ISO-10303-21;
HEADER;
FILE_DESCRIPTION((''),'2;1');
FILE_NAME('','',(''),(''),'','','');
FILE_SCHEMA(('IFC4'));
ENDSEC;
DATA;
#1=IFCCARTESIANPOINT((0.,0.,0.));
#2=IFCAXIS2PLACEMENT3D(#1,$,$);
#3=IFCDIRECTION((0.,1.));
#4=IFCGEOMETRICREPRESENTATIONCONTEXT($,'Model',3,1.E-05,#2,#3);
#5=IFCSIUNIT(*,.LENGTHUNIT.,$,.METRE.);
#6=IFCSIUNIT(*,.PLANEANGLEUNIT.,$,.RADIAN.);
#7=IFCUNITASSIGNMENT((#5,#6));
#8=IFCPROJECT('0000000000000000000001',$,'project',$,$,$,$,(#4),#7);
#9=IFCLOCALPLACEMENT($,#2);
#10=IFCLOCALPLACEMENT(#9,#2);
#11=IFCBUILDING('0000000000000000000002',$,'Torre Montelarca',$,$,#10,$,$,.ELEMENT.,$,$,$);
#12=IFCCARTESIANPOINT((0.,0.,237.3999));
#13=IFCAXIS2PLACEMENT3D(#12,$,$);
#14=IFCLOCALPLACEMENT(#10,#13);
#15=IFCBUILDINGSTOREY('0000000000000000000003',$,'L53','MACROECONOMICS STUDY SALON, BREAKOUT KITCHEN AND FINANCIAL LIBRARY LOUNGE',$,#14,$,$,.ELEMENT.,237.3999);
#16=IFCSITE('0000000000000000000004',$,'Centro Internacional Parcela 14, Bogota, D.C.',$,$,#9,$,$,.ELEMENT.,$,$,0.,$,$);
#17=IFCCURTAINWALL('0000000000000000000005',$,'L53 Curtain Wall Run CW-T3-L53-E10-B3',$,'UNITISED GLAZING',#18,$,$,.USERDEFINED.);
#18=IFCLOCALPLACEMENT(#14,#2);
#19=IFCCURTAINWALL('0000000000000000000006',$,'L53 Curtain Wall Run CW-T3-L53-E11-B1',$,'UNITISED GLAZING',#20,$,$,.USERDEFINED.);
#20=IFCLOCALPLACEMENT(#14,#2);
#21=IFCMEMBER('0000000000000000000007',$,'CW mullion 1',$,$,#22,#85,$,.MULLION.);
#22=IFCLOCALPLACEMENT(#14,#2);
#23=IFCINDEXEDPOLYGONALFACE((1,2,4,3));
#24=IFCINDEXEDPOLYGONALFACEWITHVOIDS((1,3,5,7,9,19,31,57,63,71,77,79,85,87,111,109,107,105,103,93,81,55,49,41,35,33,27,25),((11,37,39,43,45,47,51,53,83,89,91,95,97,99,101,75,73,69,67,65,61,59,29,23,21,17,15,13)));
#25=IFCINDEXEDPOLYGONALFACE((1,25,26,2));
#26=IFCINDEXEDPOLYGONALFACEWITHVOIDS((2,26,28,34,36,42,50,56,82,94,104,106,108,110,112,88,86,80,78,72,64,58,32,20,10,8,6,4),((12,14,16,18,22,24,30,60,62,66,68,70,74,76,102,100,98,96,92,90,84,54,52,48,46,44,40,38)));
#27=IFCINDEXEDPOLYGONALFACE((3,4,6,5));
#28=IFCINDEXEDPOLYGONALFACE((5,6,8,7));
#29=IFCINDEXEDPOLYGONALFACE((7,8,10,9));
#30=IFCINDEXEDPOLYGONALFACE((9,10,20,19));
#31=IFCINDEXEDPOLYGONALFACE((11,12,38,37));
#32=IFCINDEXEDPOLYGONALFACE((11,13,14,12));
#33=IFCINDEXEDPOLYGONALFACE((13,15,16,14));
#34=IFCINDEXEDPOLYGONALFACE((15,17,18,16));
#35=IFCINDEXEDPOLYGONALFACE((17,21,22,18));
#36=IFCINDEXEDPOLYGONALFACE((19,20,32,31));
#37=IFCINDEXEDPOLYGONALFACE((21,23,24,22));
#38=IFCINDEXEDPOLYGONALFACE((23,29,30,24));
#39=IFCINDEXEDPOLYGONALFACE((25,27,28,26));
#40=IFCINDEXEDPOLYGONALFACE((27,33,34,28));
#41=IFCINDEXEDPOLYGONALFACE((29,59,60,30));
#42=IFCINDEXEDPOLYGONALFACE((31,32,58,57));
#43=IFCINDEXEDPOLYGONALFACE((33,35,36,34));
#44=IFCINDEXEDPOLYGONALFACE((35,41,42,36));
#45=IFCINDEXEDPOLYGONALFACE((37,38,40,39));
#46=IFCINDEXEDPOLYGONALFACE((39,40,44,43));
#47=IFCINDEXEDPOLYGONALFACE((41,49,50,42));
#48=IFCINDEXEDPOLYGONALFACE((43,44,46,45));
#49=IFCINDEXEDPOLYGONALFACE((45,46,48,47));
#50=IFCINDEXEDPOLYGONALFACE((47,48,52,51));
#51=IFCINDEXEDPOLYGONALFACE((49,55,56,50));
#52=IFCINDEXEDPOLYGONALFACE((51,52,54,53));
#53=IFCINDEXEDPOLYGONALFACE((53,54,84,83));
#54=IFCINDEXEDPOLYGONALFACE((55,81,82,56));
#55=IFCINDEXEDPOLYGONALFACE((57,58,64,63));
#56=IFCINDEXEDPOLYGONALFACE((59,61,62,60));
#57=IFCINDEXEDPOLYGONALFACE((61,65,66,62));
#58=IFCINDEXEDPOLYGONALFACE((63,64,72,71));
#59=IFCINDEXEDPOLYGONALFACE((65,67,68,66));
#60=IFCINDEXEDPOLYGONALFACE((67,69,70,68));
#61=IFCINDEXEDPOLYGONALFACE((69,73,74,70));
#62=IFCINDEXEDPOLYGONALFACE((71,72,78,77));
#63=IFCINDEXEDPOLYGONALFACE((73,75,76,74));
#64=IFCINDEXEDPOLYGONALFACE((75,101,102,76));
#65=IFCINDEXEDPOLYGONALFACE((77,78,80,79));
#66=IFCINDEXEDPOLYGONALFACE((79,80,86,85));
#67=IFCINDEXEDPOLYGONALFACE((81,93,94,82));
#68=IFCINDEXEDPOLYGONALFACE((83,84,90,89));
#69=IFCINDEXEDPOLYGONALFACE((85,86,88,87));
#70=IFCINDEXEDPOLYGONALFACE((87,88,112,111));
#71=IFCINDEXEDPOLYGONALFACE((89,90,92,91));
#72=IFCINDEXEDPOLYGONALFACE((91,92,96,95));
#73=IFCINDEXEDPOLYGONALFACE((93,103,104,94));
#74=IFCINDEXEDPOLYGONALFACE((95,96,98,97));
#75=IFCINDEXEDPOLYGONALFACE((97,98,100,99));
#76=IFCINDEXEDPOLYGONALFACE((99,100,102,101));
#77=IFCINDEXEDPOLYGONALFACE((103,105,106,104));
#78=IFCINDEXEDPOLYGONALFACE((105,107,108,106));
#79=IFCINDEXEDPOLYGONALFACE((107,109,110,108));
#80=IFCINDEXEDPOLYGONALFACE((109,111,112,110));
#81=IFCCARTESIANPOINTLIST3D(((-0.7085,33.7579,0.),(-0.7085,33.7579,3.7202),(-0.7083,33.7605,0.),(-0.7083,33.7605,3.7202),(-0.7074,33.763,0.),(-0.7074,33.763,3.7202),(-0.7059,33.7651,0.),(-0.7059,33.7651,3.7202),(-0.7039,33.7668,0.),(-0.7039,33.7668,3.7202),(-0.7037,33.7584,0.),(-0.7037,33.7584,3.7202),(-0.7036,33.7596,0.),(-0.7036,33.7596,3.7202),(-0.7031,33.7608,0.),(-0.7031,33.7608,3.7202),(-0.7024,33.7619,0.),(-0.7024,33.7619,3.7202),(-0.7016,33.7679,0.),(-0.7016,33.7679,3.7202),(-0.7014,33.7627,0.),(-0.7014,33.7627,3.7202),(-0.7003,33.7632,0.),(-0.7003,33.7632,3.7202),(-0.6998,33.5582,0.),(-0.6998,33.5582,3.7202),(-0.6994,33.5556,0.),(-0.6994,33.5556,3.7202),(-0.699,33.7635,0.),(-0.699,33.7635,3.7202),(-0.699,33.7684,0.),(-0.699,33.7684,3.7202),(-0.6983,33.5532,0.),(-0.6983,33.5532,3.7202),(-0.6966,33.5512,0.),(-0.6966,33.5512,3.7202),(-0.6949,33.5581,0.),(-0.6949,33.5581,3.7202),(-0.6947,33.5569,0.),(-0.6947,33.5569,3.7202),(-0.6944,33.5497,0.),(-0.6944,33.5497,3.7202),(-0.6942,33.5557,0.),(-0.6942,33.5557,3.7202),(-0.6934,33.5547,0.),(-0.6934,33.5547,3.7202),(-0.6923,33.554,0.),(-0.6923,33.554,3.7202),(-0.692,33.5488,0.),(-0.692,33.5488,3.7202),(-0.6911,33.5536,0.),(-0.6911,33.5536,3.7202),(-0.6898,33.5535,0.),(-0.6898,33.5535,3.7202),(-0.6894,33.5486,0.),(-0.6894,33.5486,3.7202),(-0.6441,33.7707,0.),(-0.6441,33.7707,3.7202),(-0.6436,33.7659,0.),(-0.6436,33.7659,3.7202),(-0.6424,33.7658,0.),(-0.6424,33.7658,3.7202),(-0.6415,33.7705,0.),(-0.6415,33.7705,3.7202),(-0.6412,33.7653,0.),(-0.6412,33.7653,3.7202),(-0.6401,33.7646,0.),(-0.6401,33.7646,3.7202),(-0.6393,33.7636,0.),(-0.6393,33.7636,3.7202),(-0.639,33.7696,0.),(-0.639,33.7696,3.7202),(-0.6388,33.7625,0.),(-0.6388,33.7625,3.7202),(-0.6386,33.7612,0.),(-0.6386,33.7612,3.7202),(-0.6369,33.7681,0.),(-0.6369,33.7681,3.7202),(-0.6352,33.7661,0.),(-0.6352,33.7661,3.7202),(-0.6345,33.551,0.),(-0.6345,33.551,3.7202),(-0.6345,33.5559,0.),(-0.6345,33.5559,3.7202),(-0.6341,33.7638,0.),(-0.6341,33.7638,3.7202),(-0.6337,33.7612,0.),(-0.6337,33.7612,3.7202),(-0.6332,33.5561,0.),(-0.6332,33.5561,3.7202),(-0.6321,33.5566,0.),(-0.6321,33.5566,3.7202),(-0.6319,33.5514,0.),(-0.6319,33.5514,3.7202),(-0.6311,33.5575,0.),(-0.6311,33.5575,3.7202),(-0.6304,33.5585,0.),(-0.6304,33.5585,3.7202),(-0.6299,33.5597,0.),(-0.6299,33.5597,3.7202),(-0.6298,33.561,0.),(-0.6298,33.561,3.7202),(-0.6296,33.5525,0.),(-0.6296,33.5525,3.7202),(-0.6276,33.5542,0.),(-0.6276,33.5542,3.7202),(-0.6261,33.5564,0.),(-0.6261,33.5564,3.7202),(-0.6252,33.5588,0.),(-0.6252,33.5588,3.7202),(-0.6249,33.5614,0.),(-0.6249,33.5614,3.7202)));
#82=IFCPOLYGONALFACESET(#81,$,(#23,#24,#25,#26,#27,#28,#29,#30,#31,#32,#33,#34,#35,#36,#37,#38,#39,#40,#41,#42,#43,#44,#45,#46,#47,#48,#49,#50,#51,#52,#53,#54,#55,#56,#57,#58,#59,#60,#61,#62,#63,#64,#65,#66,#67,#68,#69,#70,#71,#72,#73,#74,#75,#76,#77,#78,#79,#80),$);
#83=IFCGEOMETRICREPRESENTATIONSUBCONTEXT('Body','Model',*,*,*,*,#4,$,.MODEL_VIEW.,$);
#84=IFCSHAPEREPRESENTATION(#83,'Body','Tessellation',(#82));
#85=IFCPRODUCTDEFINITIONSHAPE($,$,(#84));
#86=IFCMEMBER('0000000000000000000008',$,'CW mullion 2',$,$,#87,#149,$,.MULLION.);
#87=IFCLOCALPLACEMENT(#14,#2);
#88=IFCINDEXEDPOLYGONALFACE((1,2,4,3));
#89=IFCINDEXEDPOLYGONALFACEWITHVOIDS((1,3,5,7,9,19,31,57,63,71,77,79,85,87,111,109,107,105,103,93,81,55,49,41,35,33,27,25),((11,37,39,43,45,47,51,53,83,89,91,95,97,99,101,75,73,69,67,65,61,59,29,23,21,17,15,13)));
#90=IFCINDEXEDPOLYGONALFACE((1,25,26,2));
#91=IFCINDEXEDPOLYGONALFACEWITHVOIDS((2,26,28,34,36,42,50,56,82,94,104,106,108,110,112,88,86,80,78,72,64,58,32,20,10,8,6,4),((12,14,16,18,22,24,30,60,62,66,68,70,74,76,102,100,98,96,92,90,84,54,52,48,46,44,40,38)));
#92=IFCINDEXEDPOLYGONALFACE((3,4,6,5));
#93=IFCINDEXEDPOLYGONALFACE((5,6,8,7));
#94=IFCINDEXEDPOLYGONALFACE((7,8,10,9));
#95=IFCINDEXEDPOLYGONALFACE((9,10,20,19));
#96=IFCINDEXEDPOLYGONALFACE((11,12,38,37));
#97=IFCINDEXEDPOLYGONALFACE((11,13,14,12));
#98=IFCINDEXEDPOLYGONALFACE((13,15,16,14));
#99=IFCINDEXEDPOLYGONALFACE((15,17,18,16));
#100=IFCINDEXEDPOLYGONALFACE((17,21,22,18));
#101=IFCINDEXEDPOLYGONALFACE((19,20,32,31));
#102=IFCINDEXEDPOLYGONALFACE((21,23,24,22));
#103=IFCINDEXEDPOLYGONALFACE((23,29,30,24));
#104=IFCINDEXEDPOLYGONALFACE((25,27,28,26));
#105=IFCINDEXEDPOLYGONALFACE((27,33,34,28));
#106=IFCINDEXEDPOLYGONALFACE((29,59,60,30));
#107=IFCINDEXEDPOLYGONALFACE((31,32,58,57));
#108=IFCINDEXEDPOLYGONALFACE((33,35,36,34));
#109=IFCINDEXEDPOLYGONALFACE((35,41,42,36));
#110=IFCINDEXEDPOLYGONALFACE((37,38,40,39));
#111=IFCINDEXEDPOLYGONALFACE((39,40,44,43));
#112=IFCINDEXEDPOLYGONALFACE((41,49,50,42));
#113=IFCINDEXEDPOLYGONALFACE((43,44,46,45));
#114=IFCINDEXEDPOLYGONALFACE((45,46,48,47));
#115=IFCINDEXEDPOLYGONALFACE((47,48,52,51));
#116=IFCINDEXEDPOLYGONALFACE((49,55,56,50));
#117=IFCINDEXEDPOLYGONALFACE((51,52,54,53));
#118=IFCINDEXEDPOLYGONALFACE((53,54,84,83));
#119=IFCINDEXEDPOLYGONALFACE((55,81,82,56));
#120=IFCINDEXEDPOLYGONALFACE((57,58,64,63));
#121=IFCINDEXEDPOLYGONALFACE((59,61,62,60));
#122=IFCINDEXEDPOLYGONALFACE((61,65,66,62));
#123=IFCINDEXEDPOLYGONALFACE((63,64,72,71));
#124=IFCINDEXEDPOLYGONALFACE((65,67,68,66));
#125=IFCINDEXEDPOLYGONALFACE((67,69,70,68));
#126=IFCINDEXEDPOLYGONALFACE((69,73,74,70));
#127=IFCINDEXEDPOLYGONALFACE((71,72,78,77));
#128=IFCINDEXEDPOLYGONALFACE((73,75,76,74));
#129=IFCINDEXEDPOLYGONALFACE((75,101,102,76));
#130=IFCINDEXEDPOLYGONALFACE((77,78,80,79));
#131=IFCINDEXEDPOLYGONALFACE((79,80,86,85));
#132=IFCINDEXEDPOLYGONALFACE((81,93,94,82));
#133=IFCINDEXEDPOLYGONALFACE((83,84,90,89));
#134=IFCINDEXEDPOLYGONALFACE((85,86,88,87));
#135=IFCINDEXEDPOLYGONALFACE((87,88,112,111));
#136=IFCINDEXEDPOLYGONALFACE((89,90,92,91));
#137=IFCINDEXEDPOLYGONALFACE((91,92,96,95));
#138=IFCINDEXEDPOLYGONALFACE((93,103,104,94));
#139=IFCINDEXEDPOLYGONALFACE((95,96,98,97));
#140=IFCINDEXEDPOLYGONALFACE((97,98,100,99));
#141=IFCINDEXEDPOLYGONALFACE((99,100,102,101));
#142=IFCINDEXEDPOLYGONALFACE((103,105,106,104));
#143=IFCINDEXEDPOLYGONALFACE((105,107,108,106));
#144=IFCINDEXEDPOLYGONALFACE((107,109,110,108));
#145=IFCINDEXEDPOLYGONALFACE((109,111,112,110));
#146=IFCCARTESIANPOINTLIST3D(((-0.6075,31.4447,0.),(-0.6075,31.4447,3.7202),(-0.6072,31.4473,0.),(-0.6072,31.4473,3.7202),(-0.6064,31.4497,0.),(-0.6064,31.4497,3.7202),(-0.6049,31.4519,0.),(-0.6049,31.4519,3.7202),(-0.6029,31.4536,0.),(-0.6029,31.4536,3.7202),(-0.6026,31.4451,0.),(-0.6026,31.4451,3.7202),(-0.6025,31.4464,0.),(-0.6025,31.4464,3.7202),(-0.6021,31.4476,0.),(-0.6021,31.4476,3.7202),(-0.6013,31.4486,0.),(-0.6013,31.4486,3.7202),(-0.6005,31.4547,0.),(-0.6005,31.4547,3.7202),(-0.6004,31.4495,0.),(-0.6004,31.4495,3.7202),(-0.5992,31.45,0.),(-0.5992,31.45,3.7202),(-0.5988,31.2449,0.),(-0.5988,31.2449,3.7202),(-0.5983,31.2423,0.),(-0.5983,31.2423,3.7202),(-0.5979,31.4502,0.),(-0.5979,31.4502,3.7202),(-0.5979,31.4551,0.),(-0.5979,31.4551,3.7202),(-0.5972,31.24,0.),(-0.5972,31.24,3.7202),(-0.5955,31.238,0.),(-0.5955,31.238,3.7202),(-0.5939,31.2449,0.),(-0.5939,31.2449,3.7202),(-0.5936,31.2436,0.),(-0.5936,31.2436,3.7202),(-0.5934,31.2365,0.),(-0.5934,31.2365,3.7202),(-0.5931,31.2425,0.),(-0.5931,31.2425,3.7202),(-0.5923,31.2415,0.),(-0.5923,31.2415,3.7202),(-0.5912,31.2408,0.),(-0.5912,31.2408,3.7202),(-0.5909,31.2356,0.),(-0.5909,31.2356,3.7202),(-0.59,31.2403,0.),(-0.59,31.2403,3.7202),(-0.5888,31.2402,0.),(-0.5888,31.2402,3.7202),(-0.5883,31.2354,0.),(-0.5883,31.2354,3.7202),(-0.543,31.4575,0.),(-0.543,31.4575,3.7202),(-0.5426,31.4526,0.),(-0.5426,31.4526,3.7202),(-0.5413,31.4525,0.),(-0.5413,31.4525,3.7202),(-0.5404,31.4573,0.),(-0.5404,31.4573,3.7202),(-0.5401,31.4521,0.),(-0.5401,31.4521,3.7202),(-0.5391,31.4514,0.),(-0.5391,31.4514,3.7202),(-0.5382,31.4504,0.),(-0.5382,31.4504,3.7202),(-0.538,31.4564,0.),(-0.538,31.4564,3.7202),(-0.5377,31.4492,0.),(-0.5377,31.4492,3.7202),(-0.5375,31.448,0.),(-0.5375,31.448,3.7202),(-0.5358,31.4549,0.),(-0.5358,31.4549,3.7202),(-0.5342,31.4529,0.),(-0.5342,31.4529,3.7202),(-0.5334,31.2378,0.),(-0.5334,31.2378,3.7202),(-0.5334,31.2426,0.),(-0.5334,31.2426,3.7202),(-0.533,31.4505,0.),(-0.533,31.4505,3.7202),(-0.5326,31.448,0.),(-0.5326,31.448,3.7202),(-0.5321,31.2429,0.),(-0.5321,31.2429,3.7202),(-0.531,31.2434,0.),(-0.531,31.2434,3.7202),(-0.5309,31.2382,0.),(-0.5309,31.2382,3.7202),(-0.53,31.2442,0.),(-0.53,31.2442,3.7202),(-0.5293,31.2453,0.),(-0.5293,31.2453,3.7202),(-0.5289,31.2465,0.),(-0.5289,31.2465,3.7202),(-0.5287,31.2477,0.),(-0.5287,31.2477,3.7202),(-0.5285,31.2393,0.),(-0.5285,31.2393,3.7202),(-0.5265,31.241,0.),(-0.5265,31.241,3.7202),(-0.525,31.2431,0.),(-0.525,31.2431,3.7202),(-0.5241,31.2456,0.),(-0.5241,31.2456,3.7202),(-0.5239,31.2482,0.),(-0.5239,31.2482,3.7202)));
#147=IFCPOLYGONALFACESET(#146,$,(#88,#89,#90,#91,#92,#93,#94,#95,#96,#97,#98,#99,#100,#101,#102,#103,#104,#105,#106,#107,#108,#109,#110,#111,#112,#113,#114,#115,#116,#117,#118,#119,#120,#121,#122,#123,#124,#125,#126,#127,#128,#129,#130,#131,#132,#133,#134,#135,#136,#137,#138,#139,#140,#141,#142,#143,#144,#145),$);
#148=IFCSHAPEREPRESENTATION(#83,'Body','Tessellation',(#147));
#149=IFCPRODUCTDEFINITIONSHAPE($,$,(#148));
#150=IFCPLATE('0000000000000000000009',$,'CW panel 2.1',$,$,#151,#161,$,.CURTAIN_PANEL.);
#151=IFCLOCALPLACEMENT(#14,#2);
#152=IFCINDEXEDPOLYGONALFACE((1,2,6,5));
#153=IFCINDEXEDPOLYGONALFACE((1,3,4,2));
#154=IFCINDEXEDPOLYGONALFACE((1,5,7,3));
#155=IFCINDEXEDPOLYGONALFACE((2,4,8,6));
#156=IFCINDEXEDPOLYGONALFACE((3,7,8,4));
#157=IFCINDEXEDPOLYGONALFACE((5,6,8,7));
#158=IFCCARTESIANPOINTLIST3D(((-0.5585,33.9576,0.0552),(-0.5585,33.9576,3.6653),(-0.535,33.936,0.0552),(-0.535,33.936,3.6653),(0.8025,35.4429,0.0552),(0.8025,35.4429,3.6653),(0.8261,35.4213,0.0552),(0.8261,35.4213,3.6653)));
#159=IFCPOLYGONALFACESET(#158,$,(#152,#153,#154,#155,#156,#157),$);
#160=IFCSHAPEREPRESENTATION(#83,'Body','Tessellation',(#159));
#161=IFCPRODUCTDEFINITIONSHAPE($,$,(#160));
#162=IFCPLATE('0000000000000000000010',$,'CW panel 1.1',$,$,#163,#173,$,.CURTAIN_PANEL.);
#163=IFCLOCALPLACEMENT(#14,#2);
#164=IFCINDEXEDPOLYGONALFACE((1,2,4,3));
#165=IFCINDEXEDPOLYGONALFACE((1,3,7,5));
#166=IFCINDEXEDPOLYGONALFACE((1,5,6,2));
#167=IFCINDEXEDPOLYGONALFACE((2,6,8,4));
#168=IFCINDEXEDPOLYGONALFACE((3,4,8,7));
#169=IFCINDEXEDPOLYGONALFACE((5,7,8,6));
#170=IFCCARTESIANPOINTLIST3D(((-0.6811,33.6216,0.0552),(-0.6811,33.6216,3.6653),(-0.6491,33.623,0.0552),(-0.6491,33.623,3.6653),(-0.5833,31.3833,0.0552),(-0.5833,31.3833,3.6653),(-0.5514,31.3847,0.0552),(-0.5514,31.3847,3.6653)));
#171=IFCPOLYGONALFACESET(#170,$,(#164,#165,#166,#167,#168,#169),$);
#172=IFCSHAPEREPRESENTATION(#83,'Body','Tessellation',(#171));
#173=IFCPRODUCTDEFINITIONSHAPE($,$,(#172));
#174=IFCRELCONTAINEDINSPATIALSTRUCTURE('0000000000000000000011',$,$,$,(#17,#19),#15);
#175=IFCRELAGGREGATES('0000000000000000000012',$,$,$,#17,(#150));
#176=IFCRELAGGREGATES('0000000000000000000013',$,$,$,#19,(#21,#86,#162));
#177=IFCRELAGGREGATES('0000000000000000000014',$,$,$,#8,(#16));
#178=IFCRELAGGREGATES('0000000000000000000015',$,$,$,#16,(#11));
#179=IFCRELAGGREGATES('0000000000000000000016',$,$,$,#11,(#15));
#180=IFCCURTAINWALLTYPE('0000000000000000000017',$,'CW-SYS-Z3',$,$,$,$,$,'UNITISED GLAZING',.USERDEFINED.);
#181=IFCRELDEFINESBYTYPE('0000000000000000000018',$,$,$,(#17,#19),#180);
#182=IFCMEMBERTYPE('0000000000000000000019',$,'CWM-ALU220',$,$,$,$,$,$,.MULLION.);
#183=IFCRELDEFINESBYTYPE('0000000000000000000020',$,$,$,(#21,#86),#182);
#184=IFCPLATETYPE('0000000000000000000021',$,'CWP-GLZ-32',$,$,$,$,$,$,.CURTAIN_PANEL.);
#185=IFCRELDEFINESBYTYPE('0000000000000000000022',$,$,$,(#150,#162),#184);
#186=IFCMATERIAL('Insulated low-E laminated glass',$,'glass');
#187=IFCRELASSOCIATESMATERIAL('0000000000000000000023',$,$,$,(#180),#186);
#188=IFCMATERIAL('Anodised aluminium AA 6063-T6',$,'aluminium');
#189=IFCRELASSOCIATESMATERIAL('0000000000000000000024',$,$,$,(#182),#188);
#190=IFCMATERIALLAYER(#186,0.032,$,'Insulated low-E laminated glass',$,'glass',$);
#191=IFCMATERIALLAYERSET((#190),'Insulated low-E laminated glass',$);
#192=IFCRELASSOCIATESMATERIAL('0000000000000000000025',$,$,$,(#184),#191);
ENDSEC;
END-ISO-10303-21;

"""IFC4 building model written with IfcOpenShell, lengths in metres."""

from ifc_helpers import new_model, si_unit, direction, frame, origin, origin_2d, place, context, subcontext, project, spatial, rectangle, hollow_rectangle, extrude, source, transform, mapped, material, layer, layer_set, material_profile, profile_set, type_object, element, aggregate, save


model = new_model("IFC4")

# Units and contexts
model_context = context("Model", 3, precision=1e-05, world=origin(), true_north=direction((0.0, 1.0)))
body_context = subcontext(model_context, "Body", "Model", "MODEL_VIEW")
ifc_project = project(units=[si_unit("LENGTHUNIT", "METRE"), si_unit("PLANEANGLEUNIT", "RADIAN")], contexts=[model_context])

# Site, building, storey
site_placement = place(None, origin())
site = spatial("IfcSite", under=ifc_project, at=site_placement, Name="Centro Internacional Parcela 14, Bogota, D.C.", CompositionType="ELEMENT", RefElevation=0.0)
building_placement = place(site_placement, origin())
building = spatial("IfcBuilding", under=site, at=building_placement, Name="Torre Montelarca", CompositionType="ELEMENT")
storey_placement = place(building_placement, frame((0.0, 0.0, 237.3999)))
storey = spatial("IfcBuildingStorey", under=building, at=storey_placement, Name="L53", Description="MACROECONOMICS STUDY SALON, BREAKOUT KITCHEN AND FINANCIAL LIBRARY LOUNGE", CompositionType="ELEMENT", Elevation=237.3999)

# Curtain walls
ifc_material_1 = material(Name="Insulated low-E laminated glass", Category="glass")
curtain_wall_type = type_object("IfcCurtainWallType", Name="CW-SYS-Z3", ElementType="UNITISED GLAZING", PredefinedType="USERDEFINED", material=ifc_material_1)
curtain_wall_1_placement = place(storey_placement, origin())
curtain_wall_1 = element("IfcCurtainWall", 1, at=curtain_wall_1_placement, inside=storey, type_object=curtain_wall_type, Name="L53 Curtain Wall Run CW-T3-L53-E10-B3", ObjectType="UNITISED GLAZING", PredefinedType="USERDEFINED")
ifc_material_2 = material(Name="Anodised aluminium AA 6063-T6", Category="aluminium")
curtain_wall_2_placement = place(storey_placement, origin())
curtain_wall_2 = element("IfcCurtainWall", 2, at=curtain_wall_2_placement, inside=storey, type_object=curtain_wall_type, Name="L53 Curtain Wall Run CW-T3-L53-E11-B1", ObjectType="UNITISED GLAZING", PredefinedType="USERDEFINED")

# Members
ifc_material_profile_1 = material_profile(ifc_material_2, hollow_rectangle(XDim=0.075, YDim=0.22, WallThickness=0.0049, InnerFilletRadius=0.0049, OuterFilletRadius=0.01, at=origin_2d()), Name="ALU75X220X5", Category="aluminium")
ifc_profile_set_1 = profile_set([ifc_material_profile_1], Name="Anodised aluminium AA 6063-T6")
member_type_1 = type_object("IfcMemberType", Name="CWM-ALU220", PredefinedType="MULLION", material=ifc_profile_set_1)
shared_shape_1 = source(origin(), body_context, "Body", "SweptSolid", [
    extrude(hollow_rectangle(XDim=0.075, YDim=0.22, WallThickness=0.0049, InnerFilletRadius=0.0049, OuterFilletRadius=0.01, at=origin_2d()), origin(), (0.0, 0.0, 1.0), 3.7202),
])
member_1_placement = place(storey_placement, frame((-0.6667, 33.6597, 0.0), z_axis=(0.0, 0.0, 1.0), x_axis=(0.999048, 0.043625, 0.0)))
member_1 = element("IfcMember", 3, at=member_1_placement, type_object=member_type_1, Name="CW mullion 1", PredefinedType="MULLION", context=body_context, shape_type="MappedRepresentation", body=[
    mapped(shared_shape_1, transform((0.0, 0.0, 0.0), scale=1.0)),
])
member_2_placement = place(storey_placement, frame((-0.5657, 31.3464, 0.0), z_axis=(0.0, 0.0, 1.0), x_axis=(0.999048, 0.043625, 0.0)))
member_2 = element("IfcMember", 4, at=member_2_placement, type_object=member_type_1, Name="CW mullion 2", PredefinedType="MULLION", context=body_context, shape_type="MappedRepresentation", body=[
    mapped(shared_shape_1, transform((0.0, 0.0, 0.0), scale=1.0)),
])

# Plates
ifc_layer_1 = layer(ifc_material_1, 0.032, Name="Insulated low-E laminated glass", Category="glass")
ifc_layer_set_1 = layer_set([ifc_layer_1], Name="Insulated low-E laminated glass")
plate_type = type_object("IfcPlateType", Name="CWP-GLZ-32", PredefinedType="CURTAIN_PANEL", material=ifc_layer_set_1)
shared_shape_2 = source(origin(), body_context, "Body", "SweptSolid", [
    extrude(rectangle(XDim=2.0146, YDim=0.032, at=origin_2d()), origin(), (0.0, 0.0, 1.0), 3.6101),
])
plate_1_placement = place(storey_placement, frame((0.1338, 34.6895, 0.0552), z_axis=(0.0, 0.0, 1.0), x_axis=(-0.675582, -0.737285, 0.0)))
plate_1 = element("IfcPlate", 5, at=plate_1_placement, type_object=plate_type, Name="CW panel 2.1", PredefinedType="CURTAIN_PANEL", context=body_context, shape_type="MappedRepresentation", body=[
    mapped(shared_shape_2, transform((0.0, 0.0, 0.0), scale=1.0)),
])
aggregate(curtain_wall_1, [plate_1])
shared_shape_3 = source(origin(), body_context, "Body", "SweptSolid", [
    extrude(rectangle(XDim=2.2405, YDim=0.032, at=origin_2d()), origin(), (0.0, 0.0, 1.0), 3.6101),
])
plate_2_placement = place(storey_placement, frame((-0.6162, 32.5032, 0.0552), z_axis=(0.0, 0.0, 1.0), x_axis=(0.043625, -0.999048, 0.0)))
plate_2 = element("IfcPlate", 6, at=plate_2_placement, type_object=plate_type, Name="CW panel 1.1", PredefinedType="CURTAIN_PANEL", context=body_context, shape_type="MappedRepresentation", body=[
    mapped(shared_shape_3, transform((0.0, 0.0, 0.0), scale=1.0)),
])
aggregate(curtain_wall_2, [member_1, member_2, plate_2])

save(model, "model.ifc")
